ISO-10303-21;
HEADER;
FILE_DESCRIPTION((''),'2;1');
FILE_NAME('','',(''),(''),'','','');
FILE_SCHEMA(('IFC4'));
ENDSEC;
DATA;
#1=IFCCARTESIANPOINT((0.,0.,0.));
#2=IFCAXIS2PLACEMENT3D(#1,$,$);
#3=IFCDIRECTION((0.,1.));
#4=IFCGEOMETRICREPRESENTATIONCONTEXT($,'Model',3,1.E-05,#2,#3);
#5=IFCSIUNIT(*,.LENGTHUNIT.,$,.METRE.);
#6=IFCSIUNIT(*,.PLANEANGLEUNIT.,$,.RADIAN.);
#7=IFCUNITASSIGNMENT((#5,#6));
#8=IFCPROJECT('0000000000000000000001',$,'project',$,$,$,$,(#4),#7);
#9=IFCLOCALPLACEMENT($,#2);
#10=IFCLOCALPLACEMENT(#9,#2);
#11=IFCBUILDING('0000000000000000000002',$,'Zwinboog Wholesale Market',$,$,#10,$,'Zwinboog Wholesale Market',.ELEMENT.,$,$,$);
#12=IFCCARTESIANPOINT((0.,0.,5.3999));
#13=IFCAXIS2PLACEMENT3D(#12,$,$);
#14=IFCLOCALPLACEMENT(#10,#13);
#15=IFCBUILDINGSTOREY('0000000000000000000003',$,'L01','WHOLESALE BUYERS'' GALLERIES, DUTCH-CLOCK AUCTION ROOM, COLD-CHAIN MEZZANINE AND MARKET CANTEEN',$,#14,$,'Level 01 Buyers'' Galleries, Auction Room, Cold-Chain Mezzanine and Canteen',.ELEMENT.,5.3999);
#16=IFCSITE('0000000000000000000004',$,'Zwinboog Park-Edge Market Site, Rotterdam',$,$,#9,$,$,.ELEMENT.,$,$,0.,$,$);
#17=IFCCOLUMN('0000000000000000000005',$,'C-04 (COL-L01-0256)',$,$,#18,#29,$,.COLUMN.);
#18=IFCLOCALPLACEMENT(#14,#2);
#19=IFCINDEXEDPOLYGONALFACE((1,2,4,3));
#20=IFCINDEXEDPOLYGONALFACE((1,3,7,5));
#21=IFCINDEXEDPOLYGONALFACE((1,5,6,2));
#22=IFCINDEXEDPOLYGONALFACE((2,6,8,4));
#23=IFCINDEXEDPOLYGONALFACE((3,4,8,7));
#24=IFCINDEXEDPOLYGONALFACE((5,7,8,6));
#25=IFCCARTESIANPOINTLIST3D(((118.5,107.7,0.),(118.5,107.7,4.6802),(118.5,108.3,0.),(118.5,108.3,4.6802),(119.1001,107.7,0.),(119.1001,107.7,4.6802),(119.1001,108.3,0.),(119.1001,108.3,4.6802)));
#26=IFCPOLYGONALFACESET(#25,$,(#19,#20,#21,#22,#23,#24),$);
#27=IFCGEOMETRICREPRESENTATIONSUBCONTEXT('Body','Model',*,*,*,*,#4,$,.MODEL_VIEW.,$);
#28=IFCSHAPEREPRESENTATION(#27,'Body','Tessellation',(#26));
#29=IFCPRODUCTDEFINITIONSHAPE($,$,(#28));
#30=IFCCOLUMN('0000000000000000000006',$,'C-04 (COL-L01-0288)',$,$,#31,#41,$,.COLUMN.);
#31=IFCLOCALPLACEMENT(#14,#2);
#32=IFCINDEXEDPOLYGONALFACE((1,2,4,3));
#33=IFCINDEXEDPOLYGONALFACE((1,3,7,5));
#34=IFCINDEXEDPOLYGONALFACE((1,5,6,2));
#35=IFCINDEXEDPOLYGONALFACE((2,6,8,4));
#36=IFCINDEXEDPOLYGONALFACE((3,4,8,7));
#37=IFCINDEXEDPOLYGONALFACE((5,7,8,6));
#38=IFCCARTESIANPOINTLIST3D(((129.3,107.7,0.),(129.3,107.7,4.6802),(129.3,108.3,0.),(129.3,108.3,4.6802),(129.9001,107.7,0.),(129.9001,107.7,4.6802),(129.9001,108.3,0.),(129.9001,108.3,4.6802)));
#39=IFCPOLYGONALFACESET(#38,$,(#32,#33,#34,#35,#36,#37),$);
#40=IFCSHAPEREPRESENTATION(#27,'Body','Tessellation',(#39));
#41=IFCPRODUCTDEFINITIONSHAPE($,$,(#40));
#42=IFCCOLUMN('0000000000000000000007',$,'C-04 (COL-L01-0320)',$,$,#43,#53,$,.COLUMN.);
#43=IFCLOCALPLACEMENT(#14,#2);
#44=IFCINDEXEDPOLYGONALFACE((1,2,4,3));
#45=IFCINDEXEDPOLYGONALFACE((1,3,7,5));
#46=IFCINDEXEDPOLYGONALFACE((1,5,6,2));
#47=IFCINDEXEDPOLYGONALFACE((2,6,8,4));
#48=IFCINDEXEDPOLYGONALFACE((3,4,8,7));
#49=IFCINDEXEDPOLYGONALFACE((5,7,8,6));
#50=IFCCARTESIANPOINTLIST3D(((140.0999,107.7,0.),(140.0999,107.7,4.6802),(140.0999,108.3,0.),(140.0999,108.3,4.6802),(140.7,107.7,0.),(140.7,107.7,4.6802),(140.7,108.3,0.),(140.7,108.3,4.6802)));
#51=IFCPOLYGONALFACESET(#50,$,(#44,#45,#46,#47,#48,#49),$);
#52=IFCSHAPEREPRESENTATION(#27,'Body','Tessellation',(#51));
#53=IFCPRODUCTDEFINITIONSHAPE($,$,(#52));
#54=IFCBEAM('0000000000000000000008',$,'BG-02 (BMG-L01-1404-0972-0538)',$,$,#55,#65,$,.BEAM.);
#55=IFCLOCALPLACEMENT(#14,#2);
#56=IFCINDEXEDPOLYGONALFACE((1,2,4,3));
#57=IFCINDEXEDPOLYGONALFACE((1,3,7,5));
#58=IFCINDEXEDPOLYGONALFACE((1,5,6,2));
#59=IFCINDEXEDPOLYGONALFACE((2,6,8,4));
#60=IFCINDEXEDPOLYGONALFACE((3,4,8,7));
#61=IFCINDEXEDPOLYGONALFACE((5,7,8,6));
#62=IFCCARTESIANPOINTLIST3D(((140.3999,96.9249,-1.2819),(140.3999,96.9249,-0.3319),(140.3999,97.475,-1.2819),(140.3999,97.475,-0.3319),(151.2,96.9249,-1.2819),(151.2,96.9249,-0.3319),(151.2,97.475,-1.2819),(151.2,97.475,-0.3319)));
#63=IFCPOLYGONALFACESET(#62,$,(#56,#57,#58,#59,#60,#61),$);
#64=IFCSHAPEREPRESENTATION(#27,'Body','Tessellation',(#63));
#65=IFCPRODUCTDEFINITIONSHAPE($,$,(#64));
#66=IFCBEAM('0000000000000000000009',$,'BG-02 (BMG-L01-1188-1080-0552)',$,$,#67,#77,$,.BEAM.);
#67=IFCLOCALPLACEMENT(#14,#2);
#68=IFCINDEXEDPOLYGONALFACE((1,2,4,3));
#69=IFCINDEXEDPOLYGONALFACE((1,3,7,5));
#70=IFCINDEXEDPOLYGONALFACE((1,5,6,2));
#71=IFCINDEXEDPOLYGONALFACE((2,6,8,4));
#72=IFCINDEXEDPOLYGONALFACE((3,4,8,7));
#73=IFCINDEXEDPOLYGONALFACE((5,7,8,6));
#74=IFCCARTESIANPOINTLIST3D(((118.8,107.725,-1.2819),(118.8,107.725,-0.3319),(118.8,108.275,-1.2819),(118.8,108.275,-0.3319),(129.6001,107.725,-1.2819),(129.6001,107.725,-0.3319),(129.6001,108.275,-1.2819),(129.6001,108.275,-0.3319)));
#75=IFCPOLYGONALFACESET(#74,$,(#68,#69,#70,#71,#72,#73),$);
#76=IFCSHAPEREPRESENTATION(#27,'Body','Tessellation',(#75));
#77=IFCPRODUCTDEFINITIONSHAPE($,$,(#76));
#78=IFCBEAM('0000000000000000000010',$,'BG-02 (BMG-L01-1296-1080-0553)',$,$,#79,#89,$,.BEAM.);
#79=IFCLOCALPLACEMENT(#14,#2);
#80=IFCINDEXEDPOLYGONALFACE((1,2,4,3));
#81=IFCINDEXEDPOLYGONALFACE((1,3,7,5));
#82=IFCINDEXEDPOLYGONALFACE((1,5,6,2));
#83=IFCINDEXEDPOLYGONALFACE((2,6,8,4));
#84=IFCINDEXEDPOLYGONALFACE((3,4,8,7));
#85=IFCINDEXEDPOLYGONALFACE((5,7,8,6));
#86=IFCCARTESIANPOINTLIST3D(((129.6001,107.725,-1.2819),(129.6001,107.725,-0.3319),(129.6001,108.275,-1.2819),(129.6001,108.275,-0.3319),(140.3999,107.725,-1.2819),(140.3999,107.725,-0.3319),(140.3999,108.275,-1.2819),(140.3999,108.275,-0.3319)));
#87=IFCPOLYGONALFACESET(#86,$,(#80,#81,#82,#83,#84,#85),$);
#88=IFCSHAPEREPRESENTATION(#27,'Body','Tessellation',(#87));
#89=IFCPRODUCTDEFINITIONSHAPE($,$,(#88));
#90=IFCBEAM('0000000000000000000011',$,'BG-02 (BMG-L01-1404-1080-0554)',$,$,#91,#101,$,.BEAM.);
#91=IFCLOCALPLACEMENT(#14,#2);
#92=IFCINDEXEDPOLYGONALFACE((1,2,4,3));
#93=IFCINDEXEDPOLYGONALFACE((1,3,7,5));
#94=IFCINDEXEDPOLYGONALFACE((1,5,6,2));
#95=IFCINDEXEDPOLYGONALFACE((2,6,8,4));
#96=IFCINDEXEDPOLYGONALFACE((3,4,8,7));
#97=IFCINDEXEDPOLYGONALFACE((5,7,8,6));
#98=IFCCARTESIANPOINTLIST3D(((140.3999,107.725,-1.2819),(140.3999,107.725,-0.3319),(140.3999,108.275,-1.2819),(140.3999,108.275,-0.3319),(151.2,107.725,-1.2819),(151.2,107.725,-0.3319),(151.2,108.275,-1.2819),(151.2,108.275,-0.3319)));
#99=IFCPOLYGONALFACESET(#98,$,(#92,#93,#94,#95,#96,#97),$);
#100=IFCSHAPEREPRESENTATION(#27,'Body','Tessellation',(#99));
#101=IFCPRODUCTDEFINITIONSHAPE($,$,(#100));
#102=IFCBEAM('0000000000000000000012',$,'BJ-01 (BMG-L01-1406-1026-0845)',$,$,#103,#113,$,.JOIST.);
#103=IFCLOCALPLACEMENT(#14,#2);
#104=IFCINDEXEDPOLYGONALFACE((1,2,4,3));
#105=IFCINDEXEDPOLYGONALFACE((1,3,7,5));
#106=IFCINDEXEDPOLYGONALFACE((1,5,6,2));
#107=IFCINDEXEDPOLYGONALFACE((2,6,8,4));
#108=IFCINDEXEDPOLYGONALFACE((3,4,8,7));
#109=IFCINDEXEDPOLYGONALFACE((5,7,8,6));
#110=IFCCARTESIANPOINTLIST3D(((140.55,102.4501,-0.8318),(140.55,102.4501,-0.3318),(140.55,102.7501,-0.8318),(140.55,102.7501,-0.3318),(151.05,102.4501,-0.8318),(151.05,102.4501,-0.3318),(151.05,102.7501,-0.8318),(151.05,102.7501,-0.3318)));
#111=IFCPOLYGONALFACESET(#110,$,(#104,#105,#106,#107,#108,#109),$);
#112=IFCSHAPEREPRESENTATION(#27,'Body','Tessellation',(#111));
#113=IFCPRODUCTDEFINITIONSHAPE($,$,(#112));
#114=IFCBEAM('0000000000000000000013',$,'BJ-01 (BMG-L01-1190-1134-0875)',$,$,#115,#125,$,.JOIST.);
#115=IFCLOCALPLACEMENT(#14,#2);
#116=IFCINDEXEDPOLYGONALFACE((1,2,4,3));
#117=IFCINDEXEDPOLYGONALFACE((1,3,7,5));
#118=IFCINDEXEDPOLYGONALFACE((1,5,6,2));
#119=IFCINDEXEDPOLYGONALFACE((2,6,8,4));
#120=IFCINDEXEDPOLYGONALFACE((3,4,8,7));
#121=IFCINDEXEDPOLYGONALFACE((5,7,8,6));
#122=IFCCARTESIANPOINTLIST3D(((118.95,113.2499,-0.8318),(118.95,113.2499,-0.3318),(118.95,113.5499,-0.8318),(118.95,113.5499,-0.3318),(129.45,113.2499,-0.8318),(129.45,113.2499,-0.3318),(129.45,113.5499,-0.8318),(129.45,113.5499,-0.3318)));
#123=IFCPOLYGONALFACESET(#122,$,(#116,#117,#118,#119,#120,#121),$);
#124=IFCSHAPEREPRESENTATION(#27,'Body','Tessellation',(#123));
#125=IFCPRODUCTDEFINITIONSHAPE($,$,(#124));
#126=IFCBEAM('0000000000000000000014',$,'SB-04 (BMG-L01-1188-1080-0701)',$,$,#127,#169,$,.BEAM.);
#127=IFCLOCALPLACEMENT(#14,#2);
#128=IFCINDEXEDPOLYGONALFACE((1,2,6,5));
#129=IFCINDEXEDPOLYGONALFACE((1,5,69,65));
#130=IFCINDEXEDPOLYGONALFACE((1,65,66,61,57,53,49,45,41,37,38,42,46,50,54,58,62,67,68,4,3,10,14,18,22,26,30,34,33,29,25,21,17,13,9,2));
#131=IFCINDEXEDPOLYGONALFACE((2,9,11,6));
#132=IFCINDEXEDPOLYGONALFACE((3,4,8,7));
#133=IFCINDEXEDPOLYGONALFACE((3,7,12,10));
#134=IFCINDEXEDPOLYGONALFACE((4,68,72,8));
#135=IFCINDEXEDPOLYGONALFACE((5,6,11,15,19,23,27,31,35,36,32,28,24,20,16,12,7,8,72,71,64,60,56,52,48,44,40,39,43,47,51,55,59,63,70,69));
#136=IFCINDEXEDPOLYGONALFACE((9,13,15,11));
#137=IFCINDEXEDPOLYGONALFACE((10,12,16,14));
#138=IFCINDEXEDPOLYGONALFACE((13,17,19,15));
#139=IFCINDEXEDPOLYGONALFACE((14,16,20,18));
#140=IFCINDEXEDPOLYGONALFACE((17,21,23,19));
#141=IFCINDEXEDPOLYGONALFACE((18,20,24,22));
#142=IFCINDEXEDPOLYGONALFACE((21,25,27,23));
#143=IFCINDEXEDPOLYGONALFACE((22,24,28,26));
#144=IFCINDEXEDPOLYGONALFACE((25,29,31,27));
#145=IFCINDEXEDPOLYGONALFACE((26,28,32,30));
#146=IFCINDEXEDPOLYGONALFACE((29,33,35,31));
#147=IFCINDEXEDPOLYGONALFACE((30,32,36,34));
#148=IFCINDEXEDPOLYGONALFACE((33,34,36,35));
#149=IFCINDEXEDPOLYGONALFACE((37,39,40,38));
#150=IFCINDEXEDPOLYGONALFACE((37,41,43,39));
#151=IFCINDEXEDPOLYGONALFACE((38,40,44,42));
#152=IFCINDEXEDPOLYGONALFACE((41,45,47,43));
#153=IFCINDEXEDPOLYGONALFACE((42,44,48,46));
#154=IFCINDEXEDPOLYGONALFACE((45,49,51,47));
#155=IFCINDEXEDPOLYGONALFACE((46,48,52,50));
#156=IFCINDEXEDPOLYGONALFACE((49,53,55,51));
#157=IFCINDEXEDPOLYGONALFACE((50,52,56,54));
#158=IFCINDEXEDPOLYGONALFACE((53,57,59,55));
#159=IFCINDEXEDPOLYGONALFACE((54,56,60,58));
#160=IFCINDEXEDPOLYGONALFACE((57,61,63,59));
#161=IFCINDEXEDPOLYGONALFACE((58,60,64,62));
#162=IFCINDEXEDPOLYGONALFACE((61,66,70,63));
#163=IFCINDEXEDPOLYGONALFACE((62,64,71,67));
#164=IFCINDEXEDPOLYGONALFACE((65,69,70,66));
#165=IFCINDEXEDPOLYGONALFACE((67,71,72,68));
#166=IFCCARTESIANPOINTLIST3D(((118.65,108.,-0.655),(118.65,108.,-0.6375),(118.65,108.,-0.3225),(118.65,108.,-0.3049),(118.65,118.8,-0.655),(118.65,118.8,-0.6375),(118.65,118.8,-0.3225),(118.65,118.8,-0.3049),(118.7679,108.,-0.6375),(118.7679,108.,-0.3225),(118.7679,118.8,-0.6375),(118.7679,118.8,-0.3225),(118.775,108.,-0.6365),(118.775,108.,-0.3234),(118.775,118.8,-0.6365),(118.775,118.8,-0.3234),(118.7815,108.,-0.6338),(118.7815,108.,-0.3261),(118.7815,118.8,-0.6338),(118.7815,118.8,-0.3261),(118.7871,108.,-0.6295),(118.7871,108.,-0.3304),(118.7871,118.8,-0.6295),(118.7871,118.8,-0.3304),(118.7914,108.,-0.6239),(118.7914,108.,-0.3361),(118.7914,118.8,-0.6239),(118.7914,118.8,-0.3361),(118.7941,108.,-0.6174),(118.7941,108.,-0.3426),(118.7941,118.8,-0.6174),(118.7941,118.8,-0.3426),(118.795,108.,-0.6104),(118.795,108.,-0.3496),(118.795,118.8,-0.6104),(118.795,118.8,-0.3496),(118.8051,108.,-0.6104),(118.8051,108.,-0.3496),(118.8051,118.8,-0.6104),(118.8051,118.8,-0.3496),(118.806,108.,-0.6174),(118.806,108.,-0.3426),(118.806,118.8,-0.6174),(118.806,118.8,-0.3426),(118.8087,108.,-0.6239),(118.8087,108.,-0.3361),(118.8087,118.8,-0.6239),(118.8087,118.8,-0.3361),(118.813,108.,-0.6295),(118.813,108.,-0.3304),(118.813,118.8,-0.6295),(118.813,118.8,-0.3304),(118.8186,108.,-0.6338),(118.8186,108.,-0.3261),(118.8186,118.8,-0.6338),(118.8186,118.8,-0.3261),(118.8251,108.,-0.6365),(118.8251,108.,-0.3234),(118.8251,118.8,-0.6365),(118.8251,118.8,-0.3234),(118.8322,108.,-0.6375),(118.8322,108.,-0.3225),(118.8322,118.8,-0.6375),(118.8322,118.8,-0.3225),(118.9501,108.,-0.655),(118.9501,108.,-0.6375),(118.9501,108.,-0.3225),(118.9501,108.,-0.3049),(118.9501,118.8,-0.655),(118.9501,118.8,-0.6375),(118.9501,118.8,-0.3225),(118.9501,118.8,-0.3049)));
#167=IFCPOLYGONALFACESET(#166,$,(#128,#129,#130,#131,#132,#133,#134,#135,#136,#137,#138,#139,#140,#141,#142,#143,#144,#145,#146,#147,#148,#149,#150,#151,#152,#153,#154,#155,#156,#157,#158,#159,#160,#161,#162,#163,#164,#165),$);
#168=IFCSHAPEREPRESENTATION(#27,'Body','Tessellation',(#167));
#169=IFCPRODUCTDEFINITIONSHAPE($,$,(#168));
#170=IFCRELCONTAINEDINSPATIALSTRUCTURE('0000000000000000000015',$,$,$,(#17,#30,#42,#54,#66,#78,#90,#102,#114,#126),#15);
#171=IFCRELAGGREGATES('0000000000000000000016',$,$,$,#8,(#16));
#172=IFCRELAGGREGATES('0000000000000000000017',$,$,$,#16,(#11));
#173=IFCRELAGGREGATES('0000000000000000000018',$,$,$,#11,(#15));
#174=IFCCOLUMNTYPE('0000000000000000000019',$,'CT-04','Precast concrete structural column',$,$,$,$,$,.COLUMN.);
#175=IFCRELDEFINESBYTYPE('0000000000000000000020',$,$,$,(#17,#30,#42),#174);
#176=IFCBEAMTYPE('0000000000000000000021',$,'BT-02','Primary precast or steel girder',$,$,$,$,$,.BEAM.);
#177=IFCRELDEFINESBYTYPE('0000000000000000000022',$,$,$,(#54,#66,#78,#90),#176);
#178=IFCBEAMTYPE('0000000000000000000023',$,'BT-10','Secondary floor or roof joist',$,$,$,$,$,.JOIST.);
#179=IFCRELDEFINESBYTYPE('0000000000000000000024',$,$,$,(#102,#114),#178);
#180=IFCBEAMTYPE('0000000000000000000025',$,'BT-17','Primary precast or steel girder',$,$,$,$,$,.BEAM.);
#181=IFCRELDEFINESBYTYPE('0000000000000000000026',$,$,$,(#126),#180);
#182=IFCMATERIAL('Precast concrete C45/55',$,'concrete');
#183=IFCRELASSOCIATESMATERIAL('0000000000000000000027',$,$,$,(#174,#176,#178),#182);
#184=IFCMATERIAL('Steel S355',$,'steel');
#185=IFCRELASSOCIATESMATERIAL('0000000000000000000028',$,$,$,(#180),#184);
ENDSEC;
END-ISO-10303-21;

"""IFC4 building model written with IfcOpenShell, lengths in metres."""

from ifc_helpers import new_model, si_unit, direction, frame, origin, origin_2d, place, context, subcontext, project, spatial, rectangle, i_section, extrude, material, material_profile, profile_set, type_object, element, save


model = new_model("IFC4")

# Units and contexts
model_context = context("Model", 3, precision=1e-05, world=origin(), true_north=direction((0.0, 1.0)))
body_context = subcontext(model_context, "Body", "Model", "MODEL_VIEW")
ifc_project = project(units=[si_unit("LENGTHUNIT", "METRE"), si_unit("PLANEANGLEUNIT", "RADIAN")], contexts=[model_context])

# Site, building, storey
site_placement = place(None, origin())
site = spatial("IfcSite", under=ifc_project, at=site_placement, Name="Zwinboog Park-Edge Market Site, Rotterdam", CompositionType="ELEMENT", RefElevation=0.0)
building_placement = place(site_placement, origin())
building = spatial("IfcBuilding", under=site, at=building_placement, Name="Zwinboog Wholesale Market", LongName="Zwinboog Wholesale Market", CompositionType="ELEMENT")
storey_placement = place(building_placement, frame((0.0, 0.0, 5.3999)))
storey = spatial("IfcBuildingStorey", under=building, at=storey_placement, Name="L01", Description="WHOLESALE BUYERS' GALLERIES, DUTCH-CLOCK AUCTION ROOM, COLD-CHAIN MEZZANINE AND MARKET CANTEEN", LongName="Level 01 Buyers' Galleries, Auction Room, Cold-Chain Mezzanine and Canteen", CompositionType="ELEMENT", Elevation=5.3999)

# Columns
ifc_material_1 = material(Name="Precast concrete C45/55", Category="concrete")
ifc_material_profile_1 = material_profile(ifc_material_1, rectangle(XDim=0.6001, YDim=0.6001, at=origin_2d()), Name="PC 600x600")
ifc_profile_set_1 = profile_set([ifc_material_profile_1], Name="Precast concrete C45/55")
column_type = type_object("IfcColumnType", Name="CT-04", Description="Precast concrete structural column", PredefinedType="COLUMN", material=ifc_profile_set_1)
for number, where, z_axis, x_axis, name in (
    (1, (118.8, 108.0, 0.0), (0.0, 0.0, 1.0), (1.0, 0.0, 0.0), "C-04 (COL-L01-0256)"),
    (2, (129.6001, 108.0, 0.0), (0.0, 0.0, 1.0), (1.0, 0.0, 0.0), "C-04 (COL-L01-0288)"),
    (3, (140.3999, 108.0, 0.0), (0.0, 0.0, 1.0), (1.0, 0.0, 0.0), "C-04 (COL-L01-0320)"),
):
    element("IfcColumn", number, at=place(storey_placement, frame(where, z_axis=z_axis, x_axis=x_axis)), inside=storey, type_object=column_type, Name=name, PredefinedType="COLUMN", context=body_context, shape_type="SweptSolid", body=[
        extrude(rectangle(XDim=0.6001, YDim=0.6001, at=origin_2d()), origin(), (0.0, 0.0, 1.0), 4.6802),
    ])

# Beams
ifc_material_profile_2 = material_profile(ifc_material_1, rectangle(XDim=0.55, YDim=0.95, at=origin_2d()), Name="PC 550x950")
ifc_profile_set_2 = profile_set([ifc_material_profile_2], Name="Precast concrete C45/55")
beam_type_1 = type_object("IfcBeamType", Name="BT-02", Description="Primary precast or steel girder", PredefinedType="BEAM", material=ifc_profile_set_2)
for number, where, z_axis, x_axis, name in (
    (4, (140.3999, 97.2, -0.8069), (1.0, 0.0, 0.0), (0.0, 1.0, 0.0), "BG-02 (BMG-L01-1404-0972-0538)"),
    (5, (118.8, 108.0, -0.8069), (1.0, 0.0, 0.0), (0.0, 1.0, 0.0), "BG-02 (BMG-L01-1188-1080-0552)"),
):
    element("IfcBeam", number, at=place(storey_placement, frame(where, z_axis=z_axis, x_axis=x_axis)), inside=storey, type_object=beam_type_1, Name=name, PredefinedType="BEAM", context=body_context, shape_type="SweptSolid", body=[
        extrude(rectangle(XDim=0.55, YDim=0.95, at=origin_2d()), origin(), (0.0, 0.0, 1.0), 10.8),
    ])
beam_1_placement = place(storey_placement, frame((129.6001, 108.0, -0.8069), z_axis=(1.0, 0.0, 0.0), x_axis=(0.0, 1.0, 0.0)))
element("IfcBeam", 6, at=beam_1_placement, inside=storey, type_object=beam_type_1, Name="BG-02 (BMG-L01-1296-1080-0553)", PredefinedType="BEAM", context=body_context, shape_type="SweptSolid", body=[
    extrude(rectangle(XDim=0.55, YDim=0.95, at=origin_2d()), origin(), (0.0, 0.0, 1.0), 10.7998),
])
beam_2_placement = place(storey_placement, frame((140.3999, 108.0, -0.8069), z_axis=(1.0, 0.0, 0.0), x_axis=(0.0, 1.0, 0.0)))
element("IfcBeam", 7, at=beam_2_placement, inside=storey, type_object=beam_type_1, Name="BG-02 (BMG-L01-1404-1080-0554)", PredefinedType="BEAM", context=body_context, shape_type="SweptSolid", body=[
    extrude(rectangle(XDim=0.55, YDim=0.95, at=origin_2d()), origin(), (0.0, 0.0, 1.0), 10.8),
])
ifc_material_profile_3 = material_profile(ifc_material_1, rectangle(XDim=0.3, YDim=0.5, at=origin_2d()), Name="PC 300x500")
ifc_profile_set_3 = profile_set([ifc_material_profile_3], Name="Precast concrete C45/55")
beam_type_2 = type_object("IfcBeamType", Name="BT-10", Description="Secondary floor or roof joist", PredefinedType="JOIST", material=ifc_profile_set_3)
for number, where, z_axis, x_axis, name in (
    (8, (140.55, 102.6001, -0.5818), (1.0, 0.0, 0.0), (0.0, 1.0, 0.0), "BJ-01 (BMG-L01-1406-1026-0845)"),
    (9, (118.95, 113.3999, -0.5818), (1.0, 0.0, 0.0), (0.0, 1.0, 0.0), "BJ-01 (BMG-L01-1190-1134-0875)"),
):
    element("IfcBeam", number, at=place(storey_placement, frame(where, z_axis=z_axis, x_axis=x_axis)), inside=storey, type_object=beam_type_2, Name=name, PredefinedType="JOIST", context=body_context, shape_type="SweptSolid", body=[
        extrude(rectangle(XDim=0.3, YDim=0.5, at=origin_2d()), origin(), (0.0, 0.0, 1.0), 10.5),
    ])
ifc_material_2 = material(Name="Steel S355", Category="steel")
ifc_material_profile_4 = material_profile(ifc_material_2, i_section(OverallWidth=0.3, OverallDepth=0.3501, WebThickness=0.01, FlangeThickness=0.0176, FilletRadius=0.0271, at=origin_2d()), Name="HEA 360")
ifc_profile_set_4 = profile_set([ifc_material_profile_4], Name="Steel S355")
beam_type_3 = type_object("IfcBeamType", Name="BT-17", Description="Primary precast or steel girder", PredefinedType="BEAM", material=ifc_profile_set_4)
for number, where, z_axis, x_axis, name in (
    (10, (118.8, 108.0, -0.48), (0.0, 1.0, 0.0), (-1.0, 0.0, 0.0), "SB-04 (BMG-L01-1188-1080-0701)"),
):
    element("IfcBeam", number, at=place(storey_placement, frame(where, z_axis=z_axis, x_axis=x_axis)), inside=storey, type_object=beam_type_3, Name=name, PredefinedType="BEAM", context=body_context, shape_type="SweptSolid", body=[
        extrude(i_section(OverallWidth=0.3, OverallDepth=0.3501, WebThickness=0.01, FlangeThickness=0.0176, FilletRadius=0.0271, at=origin_2d()), origin(), (0.0, 0.0, 1.0), 10.8),
    ])

save(model, "model.ifc")
